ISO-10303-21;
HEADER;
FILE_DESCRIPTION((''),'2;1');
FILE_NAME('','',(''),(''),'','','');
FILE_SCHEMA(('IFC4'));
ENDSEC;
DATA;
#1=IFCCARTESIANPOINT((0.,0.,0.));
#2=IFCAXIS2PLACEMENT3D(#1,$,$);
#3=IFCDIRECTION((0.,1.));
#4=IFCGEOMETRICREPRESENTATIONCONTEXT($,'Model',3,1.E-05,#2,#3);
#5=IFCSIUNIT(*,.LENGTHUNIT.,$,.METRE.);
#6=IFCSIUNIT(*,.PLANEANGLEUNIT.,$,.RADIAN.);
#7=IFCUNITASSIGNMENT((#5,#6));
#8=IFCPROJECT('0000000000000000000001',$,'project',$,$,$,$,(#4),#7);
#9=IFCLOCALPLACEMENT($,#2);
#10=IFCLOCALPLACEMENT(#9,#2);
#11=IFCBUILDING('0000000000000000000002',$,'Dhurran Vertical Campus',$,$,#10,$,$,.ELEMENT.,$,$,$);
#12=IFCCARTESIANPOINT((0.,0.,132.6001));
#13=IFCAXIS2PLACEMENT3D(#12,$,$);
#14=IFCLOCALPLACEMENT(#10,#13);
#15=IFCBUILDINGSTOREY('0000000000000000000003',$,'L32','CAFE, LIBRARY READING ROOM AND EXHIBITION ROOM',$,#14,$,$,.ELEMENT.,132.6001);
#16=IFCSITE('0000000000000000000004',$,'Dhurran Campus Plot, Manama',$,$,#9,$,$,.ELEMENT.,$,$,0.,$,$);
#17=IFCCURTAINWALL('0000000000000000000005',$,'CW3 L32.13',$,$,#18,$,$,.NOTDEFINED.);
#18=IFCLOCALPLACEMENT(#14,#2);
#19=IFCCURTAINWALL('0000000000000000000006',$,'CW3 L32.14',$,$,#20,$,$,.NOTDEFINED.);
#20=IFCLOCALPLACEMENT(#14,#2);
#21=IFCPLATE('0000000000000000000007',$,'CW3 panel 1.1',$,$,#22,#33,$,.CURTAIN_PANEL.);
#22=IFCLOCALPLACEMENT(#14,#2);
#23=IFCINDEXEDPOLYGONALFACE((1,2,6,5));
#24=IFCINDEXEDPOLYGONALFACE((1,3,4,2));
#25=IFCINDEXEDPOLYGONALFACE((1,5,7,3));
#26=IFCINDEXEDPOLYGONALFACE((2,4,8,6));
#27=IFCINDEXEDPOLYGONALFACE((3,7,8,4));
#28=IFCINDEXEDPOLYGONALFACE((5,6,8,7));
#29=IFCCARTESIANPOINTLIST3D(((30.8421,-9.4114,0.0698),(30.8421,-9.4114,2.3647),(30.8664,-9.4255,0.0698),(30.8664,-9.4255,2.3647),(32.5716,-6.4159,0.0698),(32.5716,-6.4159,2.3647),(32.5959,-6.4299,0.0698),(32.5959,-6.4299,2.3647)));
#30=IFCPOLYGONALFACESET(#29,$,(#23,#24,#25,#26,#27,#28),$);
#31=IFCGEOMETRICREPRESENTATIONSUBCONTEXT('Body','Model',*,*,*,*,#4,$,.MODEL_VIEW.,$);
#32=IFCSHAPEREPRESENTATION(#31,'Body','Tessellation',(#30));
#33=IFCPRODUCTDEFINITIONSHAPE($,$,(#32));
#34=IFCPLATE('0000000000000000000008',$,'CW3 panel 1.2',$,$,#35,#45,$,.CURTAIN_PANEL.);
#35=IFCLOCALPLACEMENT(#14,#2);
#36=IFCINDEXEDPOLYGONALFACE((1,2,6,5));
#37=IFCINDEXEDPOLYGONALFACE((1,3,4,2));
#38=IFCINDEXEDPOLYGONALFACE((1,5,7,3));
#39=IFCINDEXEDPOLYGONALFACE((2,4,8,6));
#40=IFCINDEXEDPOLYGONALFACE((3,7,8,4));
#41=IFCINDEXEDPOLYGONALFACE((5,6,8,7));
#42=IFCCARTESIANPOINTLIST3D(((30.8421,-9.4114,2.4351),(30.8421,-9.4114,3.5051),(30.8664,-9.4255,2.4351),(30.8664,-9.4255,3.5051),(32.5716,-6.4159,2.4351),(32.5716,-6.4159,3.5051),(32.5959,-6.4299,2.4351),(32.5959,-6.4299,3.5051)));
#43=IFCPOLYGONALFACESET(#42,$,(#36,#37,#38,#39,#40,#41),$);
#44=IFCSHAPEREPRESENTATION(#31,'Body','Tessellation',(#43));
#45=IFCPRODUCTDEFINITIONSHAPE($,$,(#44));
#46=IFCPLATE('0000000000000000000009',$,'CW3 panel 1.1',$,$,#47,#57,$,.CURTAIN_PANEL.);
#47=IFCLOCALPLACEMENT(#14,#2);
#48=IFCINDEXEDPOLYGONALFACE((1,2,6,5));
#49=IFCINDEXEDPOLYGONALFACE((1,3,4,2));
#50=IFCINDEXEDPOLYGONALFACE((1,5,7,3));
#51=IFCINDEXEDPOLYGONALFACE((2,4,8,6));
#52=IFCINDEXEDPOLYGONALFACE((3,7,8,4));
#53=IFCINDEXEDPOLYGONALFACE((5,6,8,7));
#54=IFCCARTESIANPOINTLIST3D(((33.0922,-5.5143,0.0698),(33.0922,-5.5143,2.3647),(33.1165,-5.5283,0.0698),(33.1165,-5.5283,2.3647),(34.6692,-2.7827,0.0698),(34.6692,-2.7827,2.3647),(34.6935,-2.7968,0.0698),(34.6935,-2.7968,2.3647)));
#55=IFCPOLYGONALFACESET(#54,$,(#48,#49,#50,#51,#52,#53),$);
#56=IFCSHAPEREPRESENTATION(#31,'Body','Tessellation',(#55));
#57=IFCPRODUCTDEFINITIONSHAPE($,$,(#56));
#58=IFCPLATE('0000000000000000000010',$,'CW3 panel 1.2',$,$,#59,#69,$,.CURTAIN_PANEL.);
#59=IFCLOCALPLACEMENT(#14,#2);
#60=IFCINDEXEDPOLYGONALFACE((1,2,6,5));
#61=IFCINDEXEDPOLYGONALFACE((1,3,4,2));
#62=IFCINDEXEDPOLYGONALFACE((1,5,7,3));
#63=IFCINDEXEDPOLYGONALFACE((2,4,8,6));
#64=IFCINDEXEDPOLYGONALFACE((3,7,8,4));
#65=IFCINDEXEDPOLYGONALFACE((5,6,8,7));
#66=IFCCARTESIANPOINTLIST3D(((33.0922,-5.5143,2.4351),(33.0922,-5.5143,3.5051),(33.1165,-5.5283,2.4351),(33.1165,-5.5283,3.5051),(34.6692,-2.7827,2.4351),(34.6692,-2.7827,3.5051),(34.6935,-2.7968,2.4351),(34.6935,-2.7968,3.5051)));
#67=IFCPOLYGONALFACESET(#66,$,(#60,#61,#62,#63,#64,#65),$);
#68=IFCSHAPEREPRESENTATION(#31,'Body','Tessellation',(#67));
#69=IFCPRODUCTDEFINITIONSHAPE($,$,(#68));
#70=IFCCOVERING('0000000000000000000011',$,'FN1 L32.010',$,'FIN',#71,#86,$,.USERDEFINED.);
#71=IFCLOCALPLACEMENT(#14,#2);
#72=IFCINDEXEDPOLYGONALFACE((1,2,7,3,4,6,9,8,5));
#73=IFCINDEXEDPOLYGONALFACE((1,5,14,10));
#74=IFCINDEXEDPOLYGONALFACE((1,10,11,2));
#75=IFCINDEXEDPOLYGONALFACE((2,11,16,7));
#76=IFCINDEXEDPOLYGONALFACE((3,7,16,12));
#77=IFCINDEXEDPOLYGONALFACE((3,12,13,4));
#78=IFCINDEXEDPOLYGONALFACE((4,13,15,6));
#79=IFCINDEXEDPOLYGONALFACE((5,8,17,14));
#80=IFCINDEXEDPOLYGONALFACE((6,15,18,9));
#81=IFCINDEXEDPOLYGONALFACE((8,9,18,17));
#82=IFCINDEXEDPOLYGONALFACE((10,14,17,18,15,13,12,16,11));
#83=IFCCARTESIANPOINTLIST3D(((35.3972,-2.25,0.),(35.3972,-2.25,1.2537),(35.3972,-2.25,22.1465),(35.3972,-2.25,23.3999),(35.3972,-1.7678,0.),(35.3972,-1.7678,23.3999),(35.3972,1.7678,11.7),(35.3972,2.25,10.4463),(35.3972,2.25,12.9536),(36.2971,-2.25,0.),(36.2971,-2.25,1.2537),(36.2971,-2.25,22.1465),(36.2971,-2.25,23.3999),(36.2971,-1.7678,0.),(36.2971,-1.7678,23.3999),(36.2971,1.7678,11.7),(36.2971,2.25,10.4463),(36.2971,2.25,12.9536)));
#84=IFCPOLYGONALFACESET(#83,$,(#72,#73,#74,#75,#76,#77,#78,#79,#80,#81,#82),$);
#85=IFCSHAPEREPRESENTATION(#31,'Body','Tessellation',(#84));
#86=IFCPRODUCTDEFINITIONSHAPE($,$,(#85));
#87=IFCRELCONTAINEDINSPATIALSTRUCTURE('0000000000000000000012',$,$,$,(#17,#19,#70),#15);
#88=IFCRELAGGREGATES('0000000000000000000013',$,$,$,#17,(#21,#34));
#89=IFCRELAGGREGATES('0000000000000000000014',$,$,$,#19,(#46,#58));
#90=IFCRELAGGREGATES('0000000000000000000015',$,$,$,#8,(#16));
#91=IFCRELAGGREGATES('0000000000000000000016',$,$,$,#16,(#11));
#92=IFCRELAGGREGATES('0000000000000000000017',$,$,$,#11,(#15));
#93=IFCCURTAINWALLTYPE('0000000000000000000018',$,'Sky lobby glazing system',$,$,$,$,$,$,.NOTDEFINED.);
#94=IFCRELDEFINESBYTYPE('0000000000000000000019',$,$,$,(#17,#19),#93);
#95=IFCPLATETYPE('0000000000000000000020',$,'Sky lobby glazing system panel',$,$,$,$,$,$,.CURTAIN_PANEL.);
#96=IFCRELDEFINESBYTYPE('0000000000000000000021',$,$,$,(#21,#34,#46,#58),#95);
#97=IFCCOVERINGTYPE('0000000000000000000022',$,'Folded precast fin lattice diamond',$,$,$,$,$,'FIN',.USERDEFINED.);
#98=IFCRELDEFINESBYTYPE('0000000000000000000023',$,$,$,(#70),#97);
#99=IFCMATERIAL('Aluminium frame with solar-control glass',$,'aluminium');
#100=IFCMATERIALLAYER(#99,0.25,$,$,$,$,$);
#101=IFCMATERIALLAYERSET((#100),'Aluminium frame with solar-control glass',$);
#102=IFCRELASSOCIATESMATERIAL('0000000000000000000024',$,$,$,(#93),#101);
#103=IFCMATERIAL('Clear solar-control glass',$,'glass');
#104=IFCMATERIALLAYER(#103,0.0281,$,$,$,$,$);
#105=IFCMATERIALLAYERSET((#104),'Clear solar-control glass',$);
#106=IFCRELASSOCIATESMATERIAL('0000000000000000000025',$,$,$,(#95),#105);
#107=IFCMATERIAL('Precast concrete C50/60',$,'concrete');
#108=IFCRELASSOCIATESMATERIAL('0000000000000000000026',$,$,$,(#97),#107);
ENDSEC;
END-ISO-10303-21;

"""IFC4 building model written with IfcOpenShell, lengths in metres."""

from ifc_helpers import new_model, si_unit, direction, frame, origin, origin_2d, place, context, subcontext, project, spatial, polyline, rectangle, outline, extrude, material, layer, layer_set, type_object, element, aggregate, save


model = new_model("IFC4")

# Units and contexts
model_context = context("Model", 3, precision=1e-05, world=origin(), true_north=direction((0.0, 1.0)))
body_context = subcontext(model_context, "Body", "Model", "MODEL_VIEW")
ifc_project = project(units=[si_unit("LENGTHUNIT", "METRE"), si_unit("PLANEANGLEUNIT", "RADIAN")], contexts=[model_context])

# Site, building, storey
site_placement = place(None, origin())
site = spatial("IfcSite", under=ifc_project, at=site_placement, Name="Dhurran Campus Plot, Manama", CompositionType="ELEMENT", RefElevation=0.0)
building_placement = place(site_placement, origin())
building = spatial("IfcBuilding", under=site, at=building_placement, Name="Dhurran Vertical Campus", CompositionType="ELEMENT")
storey_placement = place(building_placement, frame((0.0, 0.0, 132.6001)))
storey = spatial("IfcBuildingStorey", under=building, at=storey_placement, Name="L32", Description="CAFE, LIBRARY READING ROOM AND EXHIBITION ROOM", CompositionType="ELEMENT", Elevation=132.6001)

# Curtain wall
ifc_material_1 = material(Name="Aluminium frame with solar-control glass", Category="aluminium")
ifc_layer_1 = layer(ifc_material_1, 0.25)
ifc_layer_set_1 = layer_set([ifc_layer_1], Name="Aluminium frame with solar-control glass")
curtain_wall_type = type_object("IfcCurtainWallType", Name="Sky lobby glazing system", PredefinedType="NOTDEFINED", material=ifc_layer_set_1)
curtain_wall_1_placement = place(storey_placement, origin())
curtain_wall_1 = element("IfcCurtainWall", 1, at=curtain_wall_1_placement, inside=storey, type_object=curtain_wall_type, Name="CW3 L32.13", PredefinedType="NOTDEFINED")

# Curtain wall
curtain_wall_2_placement = place(storey_placement, origin())
curtain_wall_2 = element("IfcCurtainWall", 2, at=curtain_wall_2_placement, inside=storey, type_object=curtain_wall_type, Name="CW3 L32.14", PredefinedType="NOTDEFINED")

# Plates
ifc_material_2 = material(Name="Clear solar-control glass", Category="glass")
ifc_layer_2 = layer(ifc_material_2, 0.0281)
ifc_layer_set_2 = layer_set([ifc_layer_2], Name="Clear solar-control glass")
plate_type = type_object("IfcPlateType", Name="Sky lobby glazing system panel", PredefinedType="CURTAIN_PANEL", material=ifc_layer_set_2)
plate_1_placement = place(storey_placement, frame((31.719, -7.9207, 0.0698), z_axis=(0.0, 0.0, 1.0), x_axis=(0.500003, 0.866024, 0.0)))
plate_1 = element("IfcPlate", 3, at=plate_1_placement, type_object=plate_type, Name="CW3 panel 1.1", PredefinedType="CURTAIN_PANEL", context=body_context, shape_type="SweptSolid", body=[
    extrude(rectangle(XDim=3.459, YDim=0.0281, at=origin_2d()), origin(), (0.0, 0.0, 1.0), 2.2949),
])
plate_2_placement = place(storey_placement, frame((31.719, -7.9207, 2.4351), z_axis=(0.0, 0.0, 1.0), x_axis=(0.500003, 0.866024, 0.0)))
plate_2 = element("IfcPlate", 4, at=plate_2_placement, type_object=plate_type, Name="CW3 panel 1.2", PredefinedType="CURTAIN_PANEL", context=body_context, shape_type="SweptSolid", body=[
    extrude(rectangle(XDim=3.459, YDim=0.0281, at=origin_2d()), origin(), (0.0, 0.0, 1.0), 1.0701),
])
aggregate(curtain_wall_1, [plate_1, plate_2])
plate_3_placement = place(storey_placement, frame((33.8928, -4.1555, 0.0698), z_axis=(0.0, 0.0, 1.0), x_axis=(0.499985, 0.866034, 0.0)))
plate_3 = element("IfcPlate", 5, at=plate_3_placement, type_object=plate_type, Name="CW3 panel 1.1", PredefinedType="CURTAIN_PANEL", context=body_context, shape_type="SweptSolid", body=[
    extrude(rectangle(XDim=3.1541, YDim=0.0281, at=origin_2d()), origin(), (0.0, 0.0, 1.0), 2.2949),
])
plate_4_placement = place(storey_placement, frame((33.8928, -4.1555, 2.4351), z_axis=(0.0, 0.0, 1.0), x_axis=(0.499985, 0.866034, 0.0)))
plate_4 = element("IfcPlate", 6, at=plate_4_placement, type_object=plate_type, Name="CW3 panel 1.2", PredefinedType="CURTAIN_PANEL", context=body_context, shape_type="SweptSolid", body=[
    extrude(rectangle(XDim=3.1541, YDim=0.0281, at=origin_2d()), origin(), (0.0, 0.0, 1.0), 1.0701),
])
aggregate(curtain_wall_2, [plate_3, plate_4])

# Covering
ifc_material_3 = material(Name="Precast concrete C50/60", Category="concrete")
covering_type = type_object("IfcCoveringType", Name="Folded precast fin lattice diamond", ElementType="FIN", PredefinedType="USERDEFINED", material=ifc_material_3)
covering_1_placement = place(storey_placement, frame((35.3972, -2.25, 0.0), z_axis=(1.0, 0.0, 0.0), x_axis=(0.0, 1.0, 0.0)))
element("IfcCovering", 7, at=covering_1_placement, inside=storey, type_object=covering_type, Name="FN1 L32.010", ObjectType="FIN", PredefinedType="USERDEFINED", context=body_context, shape_type="SweptSolid", body=[
    extrude(outline(polyline([(4.5, 10.4463), (0.4822, 0.0), (0.0, 0.0), (0.0, 1.2537), (4.0178, 11.7), (0.0, 22.1465), (0.0, 23.3999), (0.4822, 23.3999), (4.5, 12.9536), (4.5, 10.4463)])), origin(), (0.0, 0.0, 1.0), 0.8999),
])

save(model, "model.ifc")
